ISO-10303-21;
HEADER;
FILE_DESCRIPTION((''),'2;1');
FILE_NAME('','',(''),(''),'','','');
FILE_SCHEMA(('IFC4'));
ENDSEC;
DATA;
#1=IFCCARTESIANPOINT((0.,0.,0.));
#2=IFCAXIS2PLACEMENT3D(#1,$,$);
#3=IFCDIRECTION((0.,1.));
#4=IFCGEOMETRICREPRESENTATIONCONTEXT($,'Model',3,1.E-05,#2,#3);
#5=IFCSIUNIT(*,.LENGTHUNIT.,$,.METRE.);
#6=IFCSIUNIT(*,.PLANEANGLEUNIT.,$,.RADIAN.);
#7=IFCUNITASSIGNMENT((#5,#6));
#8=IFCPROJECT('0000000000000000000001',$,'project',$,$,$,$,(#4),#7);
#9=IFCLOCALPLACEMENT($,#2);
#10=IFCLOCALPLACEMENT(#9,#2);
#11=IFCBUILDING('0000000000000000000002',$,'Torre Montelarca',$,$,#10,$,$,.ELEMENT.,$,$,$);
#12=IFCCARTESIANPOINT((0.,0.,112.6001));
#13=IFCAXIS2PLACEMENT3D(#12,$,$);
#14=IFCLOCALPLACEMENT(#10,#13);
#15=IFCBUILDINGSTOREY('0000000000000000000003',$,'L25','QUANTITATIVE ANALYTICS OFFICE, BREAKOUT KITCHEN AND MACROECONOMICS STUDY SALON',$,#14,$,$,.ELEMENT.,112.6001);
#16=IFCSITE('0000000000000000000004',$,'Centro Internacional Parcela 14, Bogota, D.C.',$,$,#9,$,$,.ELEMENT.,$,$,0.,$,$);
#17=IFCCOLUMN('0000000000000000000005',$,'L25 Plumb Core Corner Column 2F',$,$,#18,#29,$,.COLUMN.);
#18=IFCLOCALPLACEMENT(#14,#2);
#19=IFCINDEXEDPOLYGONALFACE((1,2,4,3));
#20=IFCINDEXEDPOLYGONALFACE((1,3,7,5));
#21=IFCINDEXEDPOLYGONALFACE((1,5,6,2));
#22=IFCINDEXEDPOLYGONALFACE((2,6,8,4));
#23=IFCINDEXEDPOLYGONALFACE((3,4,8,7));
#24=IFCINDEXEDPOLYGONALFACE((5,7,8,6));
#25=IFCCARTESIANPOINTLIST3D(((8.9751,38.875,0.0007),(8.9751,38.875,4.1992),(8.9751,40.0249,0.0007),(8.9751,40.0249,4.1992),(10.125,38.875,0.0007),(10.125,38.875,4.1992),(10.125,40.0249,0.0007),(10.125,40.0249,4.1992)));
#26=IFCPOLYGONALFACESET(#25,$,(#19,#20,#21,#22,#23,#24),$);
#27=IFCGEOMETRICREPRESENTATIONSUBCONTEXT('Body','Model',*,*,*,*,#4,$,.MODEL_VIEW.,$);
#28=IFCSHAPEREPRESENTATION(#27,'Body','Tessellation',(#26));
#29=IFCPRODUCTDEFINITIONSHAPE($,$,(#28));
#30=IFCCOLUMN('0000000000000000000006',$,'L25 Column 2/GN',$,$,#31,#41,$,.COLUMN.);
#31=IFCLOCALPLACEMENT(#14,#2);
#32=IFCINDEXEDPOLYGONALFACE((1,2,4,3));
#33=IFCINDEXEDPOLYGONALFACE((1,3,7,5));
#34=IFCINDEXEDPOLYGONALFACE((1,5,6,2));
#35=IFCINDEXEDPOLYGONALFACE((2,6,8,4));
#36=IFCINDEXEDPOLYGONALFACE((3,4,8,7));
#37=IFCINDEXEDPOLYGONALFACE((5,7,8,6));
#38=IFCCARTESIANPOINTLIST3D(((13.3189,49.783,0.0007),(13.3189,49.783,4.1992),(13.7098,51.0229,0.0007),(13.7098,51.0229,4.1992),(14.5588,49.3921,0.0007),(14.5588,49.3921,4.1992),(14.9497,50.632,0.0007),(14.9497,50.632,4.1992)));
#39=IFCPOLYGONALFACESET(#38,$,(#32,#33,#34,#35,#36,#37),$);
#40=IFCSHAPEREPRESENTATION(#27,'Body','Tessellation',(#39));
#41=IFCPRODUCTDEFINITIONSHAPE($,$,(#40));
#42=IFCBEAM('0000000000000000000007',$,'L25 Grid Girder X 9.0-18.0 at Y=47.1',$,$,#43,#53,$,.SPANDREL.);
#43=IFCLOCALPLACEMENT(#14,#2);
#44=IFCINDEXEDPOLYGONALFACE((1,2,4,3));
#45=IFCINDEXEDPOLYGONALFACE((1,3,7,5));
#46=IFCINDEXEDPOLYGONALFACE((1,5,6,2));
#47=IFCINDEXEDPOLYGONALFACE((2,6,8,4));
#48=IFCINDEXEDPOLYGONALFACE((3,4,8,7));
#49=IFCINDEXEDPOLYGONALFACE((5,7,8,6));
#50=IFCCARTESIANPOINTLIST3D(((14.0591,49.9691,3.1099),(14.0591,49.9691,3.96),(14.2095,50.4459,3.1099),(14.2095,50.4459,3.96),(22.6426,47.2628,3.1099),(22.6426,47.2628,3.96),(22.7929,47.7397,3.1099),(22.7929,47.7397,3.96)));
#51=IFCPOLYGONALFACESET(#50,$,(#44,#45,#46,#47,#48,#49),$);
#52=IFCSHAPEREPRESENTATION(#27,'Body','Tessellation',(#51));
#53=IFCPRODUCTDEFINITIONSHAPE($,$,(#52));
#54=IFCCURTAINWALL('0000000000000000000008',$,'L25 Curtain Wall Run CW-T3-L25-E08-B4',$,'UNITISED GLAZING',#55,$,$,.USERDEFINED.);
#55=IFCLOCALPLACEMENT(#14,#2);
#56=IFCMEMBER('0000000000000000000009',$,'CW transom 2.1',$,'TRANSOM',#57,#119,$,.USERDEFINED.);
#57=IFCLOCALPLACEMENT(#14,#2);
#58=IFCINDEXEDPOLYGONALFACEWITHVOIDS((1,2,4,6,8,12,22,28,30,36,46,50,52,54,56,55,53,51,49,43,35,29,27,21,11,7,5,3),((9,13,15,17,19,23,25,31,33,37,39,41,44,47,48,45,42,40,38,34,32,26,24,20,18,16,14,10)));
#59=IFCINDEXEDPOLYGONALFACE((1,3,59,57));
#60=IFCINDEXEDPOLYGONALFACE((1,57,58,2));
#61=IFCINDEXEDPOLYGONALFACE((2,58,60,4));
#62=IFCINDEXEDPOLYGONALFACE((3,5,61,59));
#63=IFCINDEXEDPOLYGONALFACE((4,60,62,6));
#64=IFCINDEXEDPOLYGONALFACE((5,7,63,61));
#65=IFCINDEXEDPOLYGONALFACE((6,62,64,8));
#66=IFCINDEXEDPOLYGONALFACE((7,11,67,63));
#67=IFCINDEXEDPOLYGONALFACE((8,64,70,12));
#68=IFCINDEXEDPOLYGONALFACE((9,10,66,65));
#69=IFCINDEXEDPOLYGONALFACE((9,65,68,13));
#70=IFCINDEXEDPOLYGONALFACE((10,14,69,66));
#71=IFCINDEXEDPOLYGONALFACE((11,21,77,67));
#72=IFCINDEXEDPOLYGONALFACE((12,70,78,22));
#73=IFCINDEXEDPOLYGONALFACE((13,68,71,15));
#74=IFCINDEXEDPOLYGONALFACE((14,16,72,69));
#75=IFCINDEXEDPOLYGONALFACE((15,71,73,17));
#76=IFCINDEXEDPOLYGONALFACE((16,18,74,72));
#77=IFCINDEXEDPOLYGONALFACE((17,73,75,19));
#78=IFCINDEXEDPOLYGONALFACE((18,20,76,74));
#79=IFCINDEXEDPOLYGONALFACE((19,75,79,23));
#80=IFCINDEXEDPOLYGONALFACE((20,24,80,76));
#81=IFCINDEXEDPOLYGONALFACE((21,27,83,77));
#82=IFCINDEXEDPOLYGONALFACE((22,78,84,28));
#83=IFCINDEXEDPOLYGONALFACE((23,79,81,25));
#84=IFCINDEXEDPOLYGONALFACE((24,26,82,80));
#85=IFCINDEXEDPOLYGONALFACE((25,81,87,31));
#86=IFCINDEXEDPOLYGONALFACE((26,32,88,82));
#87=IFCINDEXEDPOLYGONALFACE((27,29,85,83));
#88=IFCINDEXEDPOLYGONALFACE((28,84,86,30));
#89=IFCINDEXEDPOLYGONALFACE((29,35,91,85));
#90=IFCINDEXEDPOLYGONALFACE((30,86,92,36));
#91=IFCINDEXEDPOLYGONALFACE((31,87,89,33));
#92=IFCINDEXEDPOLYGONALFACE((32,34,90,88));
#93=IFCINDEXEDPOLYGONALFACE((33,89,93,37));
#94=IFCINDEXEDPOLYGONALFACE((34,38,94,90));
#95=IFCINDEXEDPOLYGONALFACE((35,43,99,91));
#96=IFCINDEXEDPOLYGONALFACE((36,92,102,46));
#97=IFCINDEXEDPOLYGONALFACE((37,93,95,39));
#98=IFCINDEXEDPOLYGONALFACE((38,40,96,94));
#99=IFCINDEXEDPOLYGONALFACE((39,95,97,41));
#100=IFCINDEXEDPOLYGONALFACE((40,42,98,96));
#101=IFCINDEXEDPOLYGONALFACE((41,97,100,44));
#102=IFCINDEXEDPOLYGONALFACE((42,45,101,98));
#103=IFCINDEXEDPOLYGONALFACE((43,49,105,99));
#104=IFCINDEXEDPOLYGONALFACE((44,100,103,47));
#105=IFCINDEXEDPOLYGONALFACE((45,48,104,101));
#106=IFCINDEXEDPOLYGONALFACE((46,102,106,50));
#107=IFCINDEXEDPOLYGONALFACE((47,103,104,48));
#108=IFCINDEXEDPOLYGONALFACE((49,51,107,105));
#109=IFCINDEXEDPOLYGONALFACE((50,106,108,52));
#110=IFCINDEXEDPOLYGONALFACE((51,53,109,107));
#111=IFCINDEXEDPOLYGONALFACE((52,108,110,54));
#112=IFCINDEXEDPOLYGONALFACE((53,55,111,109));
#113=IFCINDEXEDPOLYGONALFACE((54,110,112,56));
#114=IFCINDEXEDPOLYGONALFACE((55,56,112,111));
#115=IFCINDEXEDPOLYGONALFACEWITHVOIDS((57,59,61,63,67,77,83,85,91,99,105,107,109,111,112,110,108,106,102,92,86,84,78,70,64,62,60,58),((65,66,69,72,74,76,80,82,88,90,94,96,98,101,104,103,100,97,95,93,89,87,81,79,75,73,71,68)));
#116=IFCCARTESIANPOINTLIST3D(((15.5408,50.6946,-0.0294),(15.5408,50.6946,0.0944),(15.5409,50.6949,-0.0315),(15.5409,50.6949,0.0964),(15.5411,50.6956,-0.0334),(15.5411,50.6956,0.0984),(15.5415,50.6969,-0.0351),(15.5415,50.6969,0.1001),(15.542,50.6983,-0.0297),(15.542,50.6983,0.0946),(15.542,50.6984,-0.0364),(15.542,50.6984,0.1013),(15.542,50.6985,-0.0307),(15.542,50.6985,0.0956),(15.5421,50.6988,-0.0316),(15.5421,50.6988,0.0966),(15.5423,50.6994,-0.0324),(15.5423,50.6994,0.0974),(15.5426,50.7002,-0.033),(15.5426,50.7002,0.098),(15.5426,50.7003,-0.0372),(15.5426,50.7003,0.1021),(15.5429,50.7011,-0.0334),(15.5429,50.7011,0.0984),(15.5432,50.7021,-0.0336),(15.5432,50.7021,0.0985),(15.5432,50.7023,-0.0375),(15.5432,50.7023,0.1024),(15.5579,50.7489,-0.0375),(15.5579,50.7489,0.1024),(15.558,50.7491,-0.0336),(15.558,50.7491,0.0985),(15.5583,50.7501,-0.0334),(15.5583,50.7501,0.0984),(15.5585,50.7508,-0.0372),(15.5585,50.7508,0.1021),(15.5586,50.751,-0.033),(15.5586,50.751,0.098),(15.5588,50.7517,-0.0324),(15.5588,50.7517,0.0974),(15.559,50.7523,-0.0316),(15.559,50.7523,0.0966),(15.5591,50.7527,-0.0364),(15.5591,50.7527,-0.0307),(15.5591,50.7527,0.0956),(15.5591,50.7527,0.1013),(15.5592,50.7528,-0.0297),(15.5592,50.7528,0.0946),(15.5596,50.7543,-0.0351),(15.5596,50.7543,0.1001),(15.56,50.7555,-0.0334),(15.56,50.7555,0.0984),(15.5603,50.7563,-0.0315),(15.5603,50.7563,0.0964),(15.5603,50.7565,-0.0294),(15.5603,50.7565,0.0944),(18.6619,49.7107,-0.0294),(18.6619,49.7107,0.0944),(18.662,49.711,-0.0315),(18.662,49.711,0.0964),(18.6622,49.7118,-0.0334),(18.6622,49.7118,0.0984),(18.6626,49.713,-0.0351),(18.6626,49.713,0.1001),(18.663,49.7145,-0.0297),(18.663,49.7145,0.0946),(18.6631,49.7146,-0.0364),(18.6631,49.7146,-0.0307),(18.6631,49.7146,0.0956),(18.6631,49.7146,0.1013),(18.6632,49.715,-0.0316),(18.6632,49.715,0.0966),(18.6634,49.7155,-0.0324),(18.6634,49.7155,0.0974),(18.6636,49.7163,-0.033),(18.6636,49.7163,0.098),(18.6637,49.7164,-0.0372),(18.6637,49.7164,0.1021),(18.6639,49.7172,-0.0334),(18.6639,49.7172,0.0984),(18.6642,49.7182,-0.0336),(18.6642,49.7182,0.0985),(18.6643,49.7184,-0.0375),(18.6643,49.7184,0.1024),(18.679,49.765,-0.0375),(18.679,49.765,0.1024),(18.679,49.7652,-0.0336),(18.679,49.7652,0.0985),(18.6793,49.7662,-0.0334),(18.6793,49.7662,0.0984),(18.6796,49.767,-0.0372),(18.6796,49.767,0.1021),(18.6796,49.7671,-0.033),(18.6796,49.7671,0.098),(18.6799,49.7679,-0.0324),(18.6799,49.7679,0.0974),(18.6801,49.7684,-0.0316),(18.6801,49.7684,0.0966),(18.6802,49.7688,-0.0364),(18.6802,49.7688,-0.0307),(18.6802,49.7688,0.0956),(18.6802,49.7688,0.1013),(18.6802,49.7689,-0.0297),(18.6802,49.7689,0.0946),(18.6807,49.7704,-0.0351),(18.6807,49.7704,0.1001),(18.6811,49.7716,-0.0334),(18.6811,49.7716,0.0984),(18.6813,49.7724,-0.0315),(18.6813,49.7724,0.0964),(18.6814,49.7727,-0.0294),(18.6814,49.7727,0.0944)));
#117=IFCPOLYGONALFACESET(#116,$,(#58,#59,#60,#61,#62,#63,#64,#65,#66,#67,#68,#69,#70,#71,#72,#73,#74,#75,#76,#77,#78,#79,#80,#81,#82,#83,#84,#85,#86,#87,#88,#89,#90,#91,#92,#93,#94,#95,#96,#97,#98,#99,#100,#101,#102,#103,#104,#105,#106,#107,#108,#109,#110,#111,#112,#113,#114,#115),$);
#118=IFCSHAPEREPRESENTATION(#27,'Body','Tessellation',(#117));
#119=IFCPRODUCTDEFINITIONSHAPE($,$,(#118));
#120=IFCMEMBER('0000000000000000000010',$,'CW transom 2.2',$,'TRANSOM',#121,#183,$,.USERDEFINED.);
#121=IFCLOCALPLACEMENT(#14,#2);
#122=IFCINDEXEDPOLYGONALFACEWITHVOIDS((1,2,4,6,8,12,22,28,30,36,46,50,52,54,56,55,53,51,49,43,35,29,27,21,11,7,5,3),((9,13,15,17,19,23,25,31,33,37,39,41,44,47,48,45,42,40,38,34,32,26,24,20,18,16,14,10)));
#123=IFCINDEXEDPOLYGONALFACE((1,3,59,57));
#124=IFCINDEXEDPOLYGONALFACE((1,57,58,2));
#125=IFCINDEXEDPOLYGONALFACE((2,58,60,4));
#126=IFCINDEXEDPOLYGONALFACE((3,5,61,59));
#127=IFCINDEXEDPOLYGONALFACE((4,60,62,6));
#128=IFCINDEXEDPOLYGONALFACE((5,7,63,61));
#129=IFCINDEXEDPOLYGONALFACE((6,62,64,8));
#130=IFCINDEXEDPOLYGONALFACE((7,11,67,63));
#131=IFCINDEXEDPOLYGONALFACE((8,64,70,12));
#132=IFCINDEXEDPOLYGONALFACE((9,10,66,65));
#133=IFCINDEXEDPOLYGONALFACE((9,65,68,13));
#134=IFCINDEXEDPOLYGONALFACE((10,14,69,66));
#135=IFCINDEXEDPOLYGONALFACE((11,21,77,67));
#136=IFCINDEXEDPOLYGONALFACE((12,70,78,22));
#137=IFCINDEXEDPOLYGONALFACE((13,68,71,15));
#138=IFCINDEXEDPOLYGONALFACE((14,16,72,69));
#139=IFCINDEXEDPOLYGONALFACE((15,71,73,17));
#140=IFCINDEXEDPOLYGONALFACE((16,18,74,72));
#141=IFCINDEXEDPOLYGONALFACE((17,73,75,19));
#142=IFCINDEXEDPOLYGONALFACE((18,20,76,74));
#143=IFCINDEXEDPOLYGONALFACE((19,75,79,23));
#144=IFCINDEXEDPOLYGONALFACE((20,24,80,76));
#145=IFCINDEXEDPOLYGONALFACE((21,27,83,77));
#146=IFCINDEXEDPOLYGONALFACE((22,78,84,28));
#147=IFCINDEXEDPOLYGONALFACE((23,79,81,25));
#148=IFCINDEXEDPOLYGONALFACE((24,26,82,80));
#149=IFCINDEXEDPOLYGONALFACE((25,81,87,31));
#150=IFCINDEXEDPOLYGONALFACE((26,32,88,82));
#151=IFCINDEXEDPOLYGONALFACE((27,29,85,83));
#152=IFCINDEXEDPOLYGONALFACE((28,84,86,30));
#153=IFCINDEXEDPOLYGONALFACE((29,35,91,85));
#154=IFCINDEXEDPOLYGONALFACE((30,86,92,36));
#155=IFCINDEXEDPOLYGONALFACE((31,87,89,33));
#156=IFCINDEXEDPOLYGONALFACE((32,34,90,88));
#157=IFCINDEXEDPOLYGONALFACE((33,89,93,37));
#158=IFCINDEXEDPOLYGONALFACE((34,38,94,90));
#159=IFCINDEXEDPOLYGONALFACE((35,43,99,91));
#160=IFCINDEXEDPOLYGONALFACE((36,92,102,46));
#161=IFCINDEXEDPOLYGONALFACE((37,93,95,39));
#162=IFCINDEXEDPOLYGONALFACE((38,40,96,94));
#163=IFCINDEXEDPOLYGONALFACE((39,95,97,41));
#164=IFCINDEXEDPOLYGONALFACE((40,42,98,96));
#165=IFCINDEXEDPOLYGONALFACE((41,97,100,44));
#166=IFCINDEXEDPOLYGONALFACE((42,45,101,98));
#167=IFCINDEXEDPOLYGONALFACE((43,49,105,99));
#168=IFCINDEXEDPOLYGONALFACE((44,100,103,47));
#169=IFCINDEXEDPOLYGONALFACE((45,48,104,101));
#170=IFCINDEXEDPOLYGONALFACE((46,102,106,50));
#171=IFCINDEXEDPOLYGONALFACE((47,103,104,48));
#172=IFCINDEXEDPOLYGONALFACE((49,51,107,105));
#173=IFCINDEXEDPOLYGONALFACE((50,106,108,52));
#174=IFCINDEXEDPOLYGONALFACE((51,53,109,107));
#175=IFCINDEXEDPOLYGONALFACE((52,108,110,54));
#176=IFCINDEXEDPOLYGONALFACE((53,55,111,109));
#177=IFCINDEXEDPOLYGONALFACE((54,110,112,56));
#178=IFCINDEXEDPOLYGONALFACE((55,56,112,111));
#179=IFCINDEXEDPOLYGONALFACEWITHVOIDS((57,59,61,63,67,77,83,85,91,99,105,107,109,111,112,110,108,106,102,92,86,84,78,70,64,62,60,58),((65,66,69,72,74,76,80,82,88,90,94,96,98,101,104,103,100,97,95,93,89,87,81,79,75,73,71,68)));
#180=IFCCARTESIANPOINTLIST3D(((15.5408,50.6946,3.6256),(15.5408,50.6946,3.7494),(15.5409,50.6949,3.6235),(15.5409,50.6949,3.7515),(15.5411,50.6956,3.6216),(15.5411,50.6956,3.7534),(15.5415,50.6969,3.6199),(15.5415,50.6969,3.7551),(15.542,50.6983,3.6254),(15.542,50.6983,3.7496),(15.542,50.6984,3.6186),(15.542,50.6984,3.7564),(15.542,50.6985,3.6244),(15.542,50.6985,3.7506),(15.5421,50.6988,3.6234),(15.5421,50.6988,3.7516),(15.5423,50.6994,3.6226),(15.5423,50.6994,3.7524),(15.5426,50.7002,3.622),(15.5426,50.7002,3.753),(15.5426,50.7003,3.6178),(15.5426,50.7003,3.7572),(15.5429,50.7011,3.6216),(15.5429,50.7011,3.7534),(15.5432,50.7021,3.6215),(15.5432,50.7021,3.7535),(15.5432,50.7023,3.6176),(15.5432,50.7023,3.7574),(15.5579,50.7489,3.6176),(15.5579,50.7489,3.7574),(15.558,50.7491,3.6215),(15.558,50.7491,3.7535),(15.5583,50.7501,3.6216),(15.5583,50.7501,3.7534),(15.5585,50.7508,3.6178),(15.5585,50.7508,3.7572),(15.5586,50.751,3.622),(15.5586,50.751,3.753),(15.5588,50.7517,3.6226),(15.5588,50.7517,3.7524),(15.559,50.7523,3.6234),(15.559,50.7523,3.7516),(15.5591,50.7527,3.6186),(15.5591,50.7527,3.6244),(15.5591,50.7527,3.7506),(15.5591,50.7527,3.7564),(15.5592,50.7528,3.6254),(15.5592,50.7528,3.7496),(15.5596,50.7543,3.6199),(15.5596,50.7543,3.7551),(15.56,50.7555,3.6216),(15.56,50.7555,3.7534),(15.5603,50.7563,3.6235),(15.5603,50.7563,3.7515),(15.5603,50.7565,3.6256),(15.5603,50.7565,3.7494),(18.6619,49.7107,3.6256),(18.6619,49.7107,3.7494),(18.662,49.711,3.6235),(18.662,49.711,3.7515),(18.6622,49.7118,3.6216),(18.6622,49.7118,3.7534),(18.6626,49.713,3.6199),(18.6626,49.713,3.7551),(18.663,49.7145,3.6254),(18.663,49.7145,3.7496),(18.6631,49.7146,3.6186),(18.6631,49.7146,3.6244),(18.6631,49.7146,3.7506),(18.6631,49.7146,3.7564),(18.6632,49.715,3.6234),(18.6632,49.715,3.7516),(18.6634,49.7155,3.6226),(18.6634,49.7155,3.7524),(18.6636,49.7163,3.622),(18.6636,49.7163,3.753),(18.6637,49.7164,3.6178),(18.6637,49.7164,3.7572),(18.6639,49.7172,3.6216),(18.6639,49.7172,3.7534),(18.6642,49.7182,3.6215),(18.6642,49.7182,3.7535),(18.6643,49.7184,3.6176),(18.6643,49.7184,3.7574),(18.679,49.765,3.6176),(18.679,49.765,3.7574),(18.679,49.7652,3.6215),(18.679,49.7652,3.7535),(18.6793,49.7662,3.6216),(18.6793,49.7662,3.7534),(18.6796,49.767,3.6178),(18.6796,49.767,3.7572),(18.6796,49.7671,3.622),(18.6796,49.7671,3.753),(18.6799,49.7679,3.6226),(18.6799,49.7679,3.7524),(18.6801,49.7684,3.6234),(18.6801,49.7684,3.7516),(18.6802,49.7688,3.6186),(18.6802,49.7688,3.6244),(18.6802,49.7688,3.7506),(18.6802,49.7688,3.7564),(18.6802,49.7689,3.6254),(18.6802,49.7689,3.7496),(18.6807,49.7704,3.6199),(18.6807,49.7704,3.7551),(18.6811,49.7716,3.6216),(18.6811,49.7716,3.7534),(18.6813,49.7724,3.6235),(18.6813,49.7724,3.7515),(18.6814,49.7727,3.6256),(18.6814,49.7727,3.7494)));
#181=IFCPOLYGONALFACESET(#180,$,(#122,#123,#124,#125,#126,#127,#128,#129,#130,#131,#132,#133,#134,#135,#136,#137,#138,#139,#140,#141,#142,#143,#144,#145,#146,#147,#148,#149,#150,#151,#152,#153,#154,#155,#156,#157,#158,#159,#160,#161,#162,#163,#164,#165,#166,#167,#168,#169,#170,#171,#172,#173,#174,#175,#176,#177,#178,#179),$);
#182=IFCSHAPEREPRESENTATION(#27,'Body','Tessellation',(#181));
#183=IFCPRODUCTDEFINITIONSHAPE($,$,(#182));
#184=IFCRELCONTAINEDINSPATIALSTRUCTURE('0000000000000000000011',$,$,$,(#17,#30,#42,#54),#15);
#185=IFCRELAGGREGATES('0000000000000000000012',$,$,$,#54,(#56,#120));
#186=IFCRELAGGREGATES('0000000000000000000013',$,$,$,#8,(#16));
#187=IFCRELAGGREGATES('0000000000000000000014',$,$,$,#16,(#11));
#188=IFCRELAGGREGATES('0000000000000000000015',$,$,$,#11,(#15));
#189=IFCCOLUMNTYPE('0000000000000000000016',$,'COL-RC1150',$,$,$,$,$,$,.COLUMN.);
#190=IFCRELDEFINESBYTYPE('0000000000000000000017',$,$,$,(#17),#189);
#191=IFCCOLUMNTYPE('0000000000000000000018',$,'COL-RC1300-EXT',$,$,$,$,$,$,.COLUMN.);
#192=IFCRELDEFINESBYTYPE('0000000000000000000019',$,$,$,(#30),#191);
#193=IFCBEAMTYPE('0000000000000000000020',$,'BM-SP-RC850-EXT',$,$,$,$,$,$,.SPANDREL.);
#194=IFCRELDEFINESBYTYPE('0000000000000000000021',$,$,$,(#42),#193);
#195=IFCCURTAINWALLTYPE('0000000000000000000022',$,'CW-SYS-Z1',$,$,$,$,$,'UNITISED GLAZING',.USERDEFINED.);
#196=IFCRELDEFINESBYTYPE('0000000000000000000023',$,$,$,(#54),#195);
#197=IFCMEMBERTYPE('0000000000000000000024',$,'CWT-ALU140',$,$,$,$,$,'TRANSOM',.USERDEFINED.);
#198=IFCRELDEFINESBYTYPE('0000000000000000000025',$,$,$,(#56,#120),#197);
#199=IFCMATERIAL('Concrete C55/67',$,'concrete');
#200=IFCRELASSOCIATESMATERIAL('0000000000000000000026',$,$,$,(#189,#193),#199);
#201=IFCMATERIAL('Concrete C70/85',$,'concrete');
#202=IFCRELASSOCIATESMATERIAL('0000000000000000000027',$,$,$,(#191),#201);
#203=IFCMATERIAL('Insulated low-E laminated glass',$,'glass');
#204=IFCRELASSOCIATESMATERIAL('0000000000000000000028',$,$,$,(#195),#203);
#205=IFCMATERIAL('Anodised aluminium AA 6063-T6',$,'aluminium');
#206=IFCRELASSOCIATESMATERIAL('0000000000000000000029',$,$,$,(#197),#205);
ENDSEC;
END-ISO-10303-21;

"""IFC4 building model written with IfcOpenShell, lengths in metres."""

from ifc_helpers import new_model, si_unit, direction, frame, origin, origin_2d, place, context, subcontext, project, spatial, rectangle, hollow_rectangle, extrude, source, transform, mapped, material, material_profile, profile_set, type_object, element, aggregate, save


model = new_model("IFC4")

# Units and contexts
model_context = context("Model", 3, precision=1e-05, world=origin(), true_north=direction((0.0, 1.0)))
body_context = subcontext(model_context, "Body", "Model", "MODEL_VIEW")
ifc_project = project(units=[si_unit("LENGTHUNIT", "METRE"), si_unit("PLANEANGLEUNIT", "RADIAN")], contexts=[model_context])

# Site, building, storey
site_placement = place(None, origin())
site = spatial("IfcSite", under=ifc_project, at=site_placement, Name="Centro Internacional Parcela 14, Bogota, D.C.", CompositionType="ELEMENT", RefElevation=0.0)
building_placement = place(site_placement, origin())
building = spatial("IfcBuilding", under=site, at=building_placement, Name="Torre Montelarca", CompositionType="ELEMENT")
storey_placement = place(building_placement, frame((0.0, 0.0, 112.6001)))
storey = spatial("IfcBuildingStorey", under=building, at=storey_placement, Name="L25", Description="QUANTITATIVE ANALYTICS OFFICE, BREAKOUT KITCHEN AND MACROECONOMICS STUDY SALON", CompositionType="ELEMENT", Elevation=112.6001)

# Columns
ifc_material_1 = material(Name="Concrete C55/67", Category="concrete")
ifc_material_profile_1 = material_profile(ifc_material_1, rectangle(XDim=1.1499, YDim=1.1499, at=origin_2d()), Name="RC1150X1150", Category="concrete")
ifc_profile_set_1 = profile_set([ifc_material_profile_1], Name="Concrete C55/67")
column_type_1 = type_object("IfcColumnType", Name="COL-RC1150", PredefinedType="COLUMN", material=ifc_profile_set_1)
shared_shape_1 = source(origin(), body_context, "Body", "SweptSolid", [
    extrude(rectangle(XDim=1.1499, YDim=1.1499, at=origin_2d()), origin(), (0.0, 0.0, 1.0), 4.1985),
])
column_1_placement = place(storey_placement, frame((9.55, 39.45, 0.0007), z_axis=(0.0, 0.0, 1.0), x_axis=(1.0, 0.0, 0.0)))
element("IfcColumn", 1, at=column_1_placement, inside=storey, type_object=column_type_1, Name="L25 Plumb Core Corner Column 2F", PredefinedType="COLUMN", context=body_context, shape_type="MappedRepresentation", body=[
    mapped(shared_shape_1, transform((0.0, 0.0, 0.0), scale=1.0)),
])
ifc_material_2 = material(Name="Concrete C70/85", Category="concrete")
ifc_material_profile_2 = material_profile(ifc_material_2, rectangle(XDim=1.3, YDim=1.3, at=origin_2d()), Name="RC1300X1300", Category="concrete")
ifc_profile_set_2 = profile_set([ifc_material_profile_2], Name="Concrete C70/85")
column_type_2 = type_object("IfcColumnType", Name="COL-RC1300-EXT", PredefinedType="COLUMN", material=ifc_profile_set_2)
shared_shape_2 = source(origin(), body_context, "Body", "SweptSolid", [
    extrude(rectangle(XDim=1.3, YDim=1.3, at=origin_2d()), origin(), (0.0, 0.0, 1.0), 4.1985),
])
column_2_placement = place(storey_placement, frame((14.1343, 50.2075, 0.0007), z_axis=(0.0, 0.0, 1.0), x_axis=(-0.953717, 0.300706, 0.0)))
element("IfcColumn", 2, at=column_2_placement, inside=storey, type_object=column_type_2, Name="L25 Column 2/GN", PredefinedType="COLUMN", context=body_context, shape_type="MappedRepresentation", body=[
    mapped(shared_shape_2, transform((0.0, 0.0, 0.0), scale=1.0)),
])

# Beam
ifc_material_profile_3 = material_profile(ifc_material_1, rectangle(XDim=0.5, YDim=0.8501, at=origin_2d()), Name="RCB500X850", Category="concrete")
ifc_profile_set_3 = profile_set([ifc_material_profile_3], Name="Concrete C55/67")
beam_type = type_object("IfcBeamType", Name="BM-SP-RC850-EXT", PredefinedType="SPANDREL", material=ifc_profile_set_3)
shared_shape_3 = source(origin(), body_context, "Body", "SweptSolid", [
    extrude(rectangle(XDim=0.5, YDim=0.8501, at=origin_2d()), origin(), (0.0, 0.0, 1.0), 9.0),
])
beam_placement = place(storey_placement, frame((14.1343, 50.2075, 3.5349), z_axis=(0.953719, -0.300699, 0.0), x_axis=(0.300699, 0.953719, 0.0)))
element("IfcBeam", 3, at=beam_placement, inside=storey, type_object=beam_type, Name="L25 Grid Girder X 9.0-18.0 at Y=47.1", PredefinedType="SPANDREL", context=body_context, shape_type="MappedRepresentation", body=[
    mapped(shared_shape_3, transform((0.0, 0.0, 0.0), scale=1.0)),
])

# Curtain wall, members
ifc_material_3 = material(Name="Insulated low-E laminated glass", Category="glass")
curtain_wall_type = type_object("IfcCurtainWallType", Name="CW-SYS-Z1", ElementType="UNITISED GLAZING", PredefinedType="USERDEFINED", material=ifc_material_3)
curtain_wall_1_placement = place(storey_placement, origin())
curtain_wall_1 = element("IfcCurtainWall", 4, at=curtain_wall_1_placement, inside=storey, type_object=curtain_wall_type, Name="L25 Curtain Wall Run CW-T3-L25-E08-B4", ObjectType="UNITISED GLAZING", PredefinedType="USERDEFINED")
ifc_material_4 = material(Name="Anodised aluminium AA 6063-T6", Category="aluminium")
ifc_material_profile_4 = material_profile(ifc_material_4, hollow_rectangle(XDim=0.0649, YDim=0.1399, WallThickness=0.0039, InnerFilletRadius=0.0039, OuterFilletRadius=0.0081, at=origin_2d()), Name="ALU65X140X4", Category="aluminium")
ifc_profile_set_4 = profile_set([ifc_material_profile_4], Name="Anodised aluminium AA 6063-T6")
member_type_1 = type_object("IfcMemberType", Name="CWT-ALU140", ElementType="TRANSOM", PredefinedType="USERDEFINED", material=ifc_profile_set_4)
shared_shape_4 = source(origin(), body_context, "Body", "SweptSolid", [
    extrude(hollow_rectangle(XDim=0.0649, YDim=0.1399, WallThickness=0.0039, InnerFilletRadius=0.0039, OuterFilletRadius=0.0081, at=origin_2d()), origin(), (0.0, 0.0, 1.0), 3.2725),
])
member_1_placement = place(storey_placement, frame((18.6716, 49.7417, 0.0325), z_axis=(-0.953734, 0.300653, 0.0), x_axis=(-0.300653, -0.953734, 0.0)))
member_1 = element("IfcMember", 5, at=member_1_placement, type_object=member_type_1, Name="CW transom 2.1", ObjectType="TRANSOM", PredefinedType="USERDEFINED", context=body_context, shape_type="MappedRepresentation", body=[
    mapped(shared_shape_4, transform((0.0, 0.0, 0.0), scale=1.0)),
])
member_2_placement = place(storey_placement, frame((18.6716, 49.7417, 3.6875), z_axis=(-0.953734, 0.300653, 0.0), x_axis=(-0.300653, -0.953734, 0.0)))
member_2 = element("IfcMember", 6, at=member_2_placement, type_object=member_type_1, Name="CW transom 2.2", ObjectType="TRANSOM", PredefinedType="USERDEFINED", context=body_context, shape_type="MappedRepresentation", body=[
    mapped(shared_shape_4, transform((0.0, 0.0, 0.0), scale=1.0)),
])

aggregate(curtain_wall_1, [member_1, member_2])

save(model, "model.ifc")
